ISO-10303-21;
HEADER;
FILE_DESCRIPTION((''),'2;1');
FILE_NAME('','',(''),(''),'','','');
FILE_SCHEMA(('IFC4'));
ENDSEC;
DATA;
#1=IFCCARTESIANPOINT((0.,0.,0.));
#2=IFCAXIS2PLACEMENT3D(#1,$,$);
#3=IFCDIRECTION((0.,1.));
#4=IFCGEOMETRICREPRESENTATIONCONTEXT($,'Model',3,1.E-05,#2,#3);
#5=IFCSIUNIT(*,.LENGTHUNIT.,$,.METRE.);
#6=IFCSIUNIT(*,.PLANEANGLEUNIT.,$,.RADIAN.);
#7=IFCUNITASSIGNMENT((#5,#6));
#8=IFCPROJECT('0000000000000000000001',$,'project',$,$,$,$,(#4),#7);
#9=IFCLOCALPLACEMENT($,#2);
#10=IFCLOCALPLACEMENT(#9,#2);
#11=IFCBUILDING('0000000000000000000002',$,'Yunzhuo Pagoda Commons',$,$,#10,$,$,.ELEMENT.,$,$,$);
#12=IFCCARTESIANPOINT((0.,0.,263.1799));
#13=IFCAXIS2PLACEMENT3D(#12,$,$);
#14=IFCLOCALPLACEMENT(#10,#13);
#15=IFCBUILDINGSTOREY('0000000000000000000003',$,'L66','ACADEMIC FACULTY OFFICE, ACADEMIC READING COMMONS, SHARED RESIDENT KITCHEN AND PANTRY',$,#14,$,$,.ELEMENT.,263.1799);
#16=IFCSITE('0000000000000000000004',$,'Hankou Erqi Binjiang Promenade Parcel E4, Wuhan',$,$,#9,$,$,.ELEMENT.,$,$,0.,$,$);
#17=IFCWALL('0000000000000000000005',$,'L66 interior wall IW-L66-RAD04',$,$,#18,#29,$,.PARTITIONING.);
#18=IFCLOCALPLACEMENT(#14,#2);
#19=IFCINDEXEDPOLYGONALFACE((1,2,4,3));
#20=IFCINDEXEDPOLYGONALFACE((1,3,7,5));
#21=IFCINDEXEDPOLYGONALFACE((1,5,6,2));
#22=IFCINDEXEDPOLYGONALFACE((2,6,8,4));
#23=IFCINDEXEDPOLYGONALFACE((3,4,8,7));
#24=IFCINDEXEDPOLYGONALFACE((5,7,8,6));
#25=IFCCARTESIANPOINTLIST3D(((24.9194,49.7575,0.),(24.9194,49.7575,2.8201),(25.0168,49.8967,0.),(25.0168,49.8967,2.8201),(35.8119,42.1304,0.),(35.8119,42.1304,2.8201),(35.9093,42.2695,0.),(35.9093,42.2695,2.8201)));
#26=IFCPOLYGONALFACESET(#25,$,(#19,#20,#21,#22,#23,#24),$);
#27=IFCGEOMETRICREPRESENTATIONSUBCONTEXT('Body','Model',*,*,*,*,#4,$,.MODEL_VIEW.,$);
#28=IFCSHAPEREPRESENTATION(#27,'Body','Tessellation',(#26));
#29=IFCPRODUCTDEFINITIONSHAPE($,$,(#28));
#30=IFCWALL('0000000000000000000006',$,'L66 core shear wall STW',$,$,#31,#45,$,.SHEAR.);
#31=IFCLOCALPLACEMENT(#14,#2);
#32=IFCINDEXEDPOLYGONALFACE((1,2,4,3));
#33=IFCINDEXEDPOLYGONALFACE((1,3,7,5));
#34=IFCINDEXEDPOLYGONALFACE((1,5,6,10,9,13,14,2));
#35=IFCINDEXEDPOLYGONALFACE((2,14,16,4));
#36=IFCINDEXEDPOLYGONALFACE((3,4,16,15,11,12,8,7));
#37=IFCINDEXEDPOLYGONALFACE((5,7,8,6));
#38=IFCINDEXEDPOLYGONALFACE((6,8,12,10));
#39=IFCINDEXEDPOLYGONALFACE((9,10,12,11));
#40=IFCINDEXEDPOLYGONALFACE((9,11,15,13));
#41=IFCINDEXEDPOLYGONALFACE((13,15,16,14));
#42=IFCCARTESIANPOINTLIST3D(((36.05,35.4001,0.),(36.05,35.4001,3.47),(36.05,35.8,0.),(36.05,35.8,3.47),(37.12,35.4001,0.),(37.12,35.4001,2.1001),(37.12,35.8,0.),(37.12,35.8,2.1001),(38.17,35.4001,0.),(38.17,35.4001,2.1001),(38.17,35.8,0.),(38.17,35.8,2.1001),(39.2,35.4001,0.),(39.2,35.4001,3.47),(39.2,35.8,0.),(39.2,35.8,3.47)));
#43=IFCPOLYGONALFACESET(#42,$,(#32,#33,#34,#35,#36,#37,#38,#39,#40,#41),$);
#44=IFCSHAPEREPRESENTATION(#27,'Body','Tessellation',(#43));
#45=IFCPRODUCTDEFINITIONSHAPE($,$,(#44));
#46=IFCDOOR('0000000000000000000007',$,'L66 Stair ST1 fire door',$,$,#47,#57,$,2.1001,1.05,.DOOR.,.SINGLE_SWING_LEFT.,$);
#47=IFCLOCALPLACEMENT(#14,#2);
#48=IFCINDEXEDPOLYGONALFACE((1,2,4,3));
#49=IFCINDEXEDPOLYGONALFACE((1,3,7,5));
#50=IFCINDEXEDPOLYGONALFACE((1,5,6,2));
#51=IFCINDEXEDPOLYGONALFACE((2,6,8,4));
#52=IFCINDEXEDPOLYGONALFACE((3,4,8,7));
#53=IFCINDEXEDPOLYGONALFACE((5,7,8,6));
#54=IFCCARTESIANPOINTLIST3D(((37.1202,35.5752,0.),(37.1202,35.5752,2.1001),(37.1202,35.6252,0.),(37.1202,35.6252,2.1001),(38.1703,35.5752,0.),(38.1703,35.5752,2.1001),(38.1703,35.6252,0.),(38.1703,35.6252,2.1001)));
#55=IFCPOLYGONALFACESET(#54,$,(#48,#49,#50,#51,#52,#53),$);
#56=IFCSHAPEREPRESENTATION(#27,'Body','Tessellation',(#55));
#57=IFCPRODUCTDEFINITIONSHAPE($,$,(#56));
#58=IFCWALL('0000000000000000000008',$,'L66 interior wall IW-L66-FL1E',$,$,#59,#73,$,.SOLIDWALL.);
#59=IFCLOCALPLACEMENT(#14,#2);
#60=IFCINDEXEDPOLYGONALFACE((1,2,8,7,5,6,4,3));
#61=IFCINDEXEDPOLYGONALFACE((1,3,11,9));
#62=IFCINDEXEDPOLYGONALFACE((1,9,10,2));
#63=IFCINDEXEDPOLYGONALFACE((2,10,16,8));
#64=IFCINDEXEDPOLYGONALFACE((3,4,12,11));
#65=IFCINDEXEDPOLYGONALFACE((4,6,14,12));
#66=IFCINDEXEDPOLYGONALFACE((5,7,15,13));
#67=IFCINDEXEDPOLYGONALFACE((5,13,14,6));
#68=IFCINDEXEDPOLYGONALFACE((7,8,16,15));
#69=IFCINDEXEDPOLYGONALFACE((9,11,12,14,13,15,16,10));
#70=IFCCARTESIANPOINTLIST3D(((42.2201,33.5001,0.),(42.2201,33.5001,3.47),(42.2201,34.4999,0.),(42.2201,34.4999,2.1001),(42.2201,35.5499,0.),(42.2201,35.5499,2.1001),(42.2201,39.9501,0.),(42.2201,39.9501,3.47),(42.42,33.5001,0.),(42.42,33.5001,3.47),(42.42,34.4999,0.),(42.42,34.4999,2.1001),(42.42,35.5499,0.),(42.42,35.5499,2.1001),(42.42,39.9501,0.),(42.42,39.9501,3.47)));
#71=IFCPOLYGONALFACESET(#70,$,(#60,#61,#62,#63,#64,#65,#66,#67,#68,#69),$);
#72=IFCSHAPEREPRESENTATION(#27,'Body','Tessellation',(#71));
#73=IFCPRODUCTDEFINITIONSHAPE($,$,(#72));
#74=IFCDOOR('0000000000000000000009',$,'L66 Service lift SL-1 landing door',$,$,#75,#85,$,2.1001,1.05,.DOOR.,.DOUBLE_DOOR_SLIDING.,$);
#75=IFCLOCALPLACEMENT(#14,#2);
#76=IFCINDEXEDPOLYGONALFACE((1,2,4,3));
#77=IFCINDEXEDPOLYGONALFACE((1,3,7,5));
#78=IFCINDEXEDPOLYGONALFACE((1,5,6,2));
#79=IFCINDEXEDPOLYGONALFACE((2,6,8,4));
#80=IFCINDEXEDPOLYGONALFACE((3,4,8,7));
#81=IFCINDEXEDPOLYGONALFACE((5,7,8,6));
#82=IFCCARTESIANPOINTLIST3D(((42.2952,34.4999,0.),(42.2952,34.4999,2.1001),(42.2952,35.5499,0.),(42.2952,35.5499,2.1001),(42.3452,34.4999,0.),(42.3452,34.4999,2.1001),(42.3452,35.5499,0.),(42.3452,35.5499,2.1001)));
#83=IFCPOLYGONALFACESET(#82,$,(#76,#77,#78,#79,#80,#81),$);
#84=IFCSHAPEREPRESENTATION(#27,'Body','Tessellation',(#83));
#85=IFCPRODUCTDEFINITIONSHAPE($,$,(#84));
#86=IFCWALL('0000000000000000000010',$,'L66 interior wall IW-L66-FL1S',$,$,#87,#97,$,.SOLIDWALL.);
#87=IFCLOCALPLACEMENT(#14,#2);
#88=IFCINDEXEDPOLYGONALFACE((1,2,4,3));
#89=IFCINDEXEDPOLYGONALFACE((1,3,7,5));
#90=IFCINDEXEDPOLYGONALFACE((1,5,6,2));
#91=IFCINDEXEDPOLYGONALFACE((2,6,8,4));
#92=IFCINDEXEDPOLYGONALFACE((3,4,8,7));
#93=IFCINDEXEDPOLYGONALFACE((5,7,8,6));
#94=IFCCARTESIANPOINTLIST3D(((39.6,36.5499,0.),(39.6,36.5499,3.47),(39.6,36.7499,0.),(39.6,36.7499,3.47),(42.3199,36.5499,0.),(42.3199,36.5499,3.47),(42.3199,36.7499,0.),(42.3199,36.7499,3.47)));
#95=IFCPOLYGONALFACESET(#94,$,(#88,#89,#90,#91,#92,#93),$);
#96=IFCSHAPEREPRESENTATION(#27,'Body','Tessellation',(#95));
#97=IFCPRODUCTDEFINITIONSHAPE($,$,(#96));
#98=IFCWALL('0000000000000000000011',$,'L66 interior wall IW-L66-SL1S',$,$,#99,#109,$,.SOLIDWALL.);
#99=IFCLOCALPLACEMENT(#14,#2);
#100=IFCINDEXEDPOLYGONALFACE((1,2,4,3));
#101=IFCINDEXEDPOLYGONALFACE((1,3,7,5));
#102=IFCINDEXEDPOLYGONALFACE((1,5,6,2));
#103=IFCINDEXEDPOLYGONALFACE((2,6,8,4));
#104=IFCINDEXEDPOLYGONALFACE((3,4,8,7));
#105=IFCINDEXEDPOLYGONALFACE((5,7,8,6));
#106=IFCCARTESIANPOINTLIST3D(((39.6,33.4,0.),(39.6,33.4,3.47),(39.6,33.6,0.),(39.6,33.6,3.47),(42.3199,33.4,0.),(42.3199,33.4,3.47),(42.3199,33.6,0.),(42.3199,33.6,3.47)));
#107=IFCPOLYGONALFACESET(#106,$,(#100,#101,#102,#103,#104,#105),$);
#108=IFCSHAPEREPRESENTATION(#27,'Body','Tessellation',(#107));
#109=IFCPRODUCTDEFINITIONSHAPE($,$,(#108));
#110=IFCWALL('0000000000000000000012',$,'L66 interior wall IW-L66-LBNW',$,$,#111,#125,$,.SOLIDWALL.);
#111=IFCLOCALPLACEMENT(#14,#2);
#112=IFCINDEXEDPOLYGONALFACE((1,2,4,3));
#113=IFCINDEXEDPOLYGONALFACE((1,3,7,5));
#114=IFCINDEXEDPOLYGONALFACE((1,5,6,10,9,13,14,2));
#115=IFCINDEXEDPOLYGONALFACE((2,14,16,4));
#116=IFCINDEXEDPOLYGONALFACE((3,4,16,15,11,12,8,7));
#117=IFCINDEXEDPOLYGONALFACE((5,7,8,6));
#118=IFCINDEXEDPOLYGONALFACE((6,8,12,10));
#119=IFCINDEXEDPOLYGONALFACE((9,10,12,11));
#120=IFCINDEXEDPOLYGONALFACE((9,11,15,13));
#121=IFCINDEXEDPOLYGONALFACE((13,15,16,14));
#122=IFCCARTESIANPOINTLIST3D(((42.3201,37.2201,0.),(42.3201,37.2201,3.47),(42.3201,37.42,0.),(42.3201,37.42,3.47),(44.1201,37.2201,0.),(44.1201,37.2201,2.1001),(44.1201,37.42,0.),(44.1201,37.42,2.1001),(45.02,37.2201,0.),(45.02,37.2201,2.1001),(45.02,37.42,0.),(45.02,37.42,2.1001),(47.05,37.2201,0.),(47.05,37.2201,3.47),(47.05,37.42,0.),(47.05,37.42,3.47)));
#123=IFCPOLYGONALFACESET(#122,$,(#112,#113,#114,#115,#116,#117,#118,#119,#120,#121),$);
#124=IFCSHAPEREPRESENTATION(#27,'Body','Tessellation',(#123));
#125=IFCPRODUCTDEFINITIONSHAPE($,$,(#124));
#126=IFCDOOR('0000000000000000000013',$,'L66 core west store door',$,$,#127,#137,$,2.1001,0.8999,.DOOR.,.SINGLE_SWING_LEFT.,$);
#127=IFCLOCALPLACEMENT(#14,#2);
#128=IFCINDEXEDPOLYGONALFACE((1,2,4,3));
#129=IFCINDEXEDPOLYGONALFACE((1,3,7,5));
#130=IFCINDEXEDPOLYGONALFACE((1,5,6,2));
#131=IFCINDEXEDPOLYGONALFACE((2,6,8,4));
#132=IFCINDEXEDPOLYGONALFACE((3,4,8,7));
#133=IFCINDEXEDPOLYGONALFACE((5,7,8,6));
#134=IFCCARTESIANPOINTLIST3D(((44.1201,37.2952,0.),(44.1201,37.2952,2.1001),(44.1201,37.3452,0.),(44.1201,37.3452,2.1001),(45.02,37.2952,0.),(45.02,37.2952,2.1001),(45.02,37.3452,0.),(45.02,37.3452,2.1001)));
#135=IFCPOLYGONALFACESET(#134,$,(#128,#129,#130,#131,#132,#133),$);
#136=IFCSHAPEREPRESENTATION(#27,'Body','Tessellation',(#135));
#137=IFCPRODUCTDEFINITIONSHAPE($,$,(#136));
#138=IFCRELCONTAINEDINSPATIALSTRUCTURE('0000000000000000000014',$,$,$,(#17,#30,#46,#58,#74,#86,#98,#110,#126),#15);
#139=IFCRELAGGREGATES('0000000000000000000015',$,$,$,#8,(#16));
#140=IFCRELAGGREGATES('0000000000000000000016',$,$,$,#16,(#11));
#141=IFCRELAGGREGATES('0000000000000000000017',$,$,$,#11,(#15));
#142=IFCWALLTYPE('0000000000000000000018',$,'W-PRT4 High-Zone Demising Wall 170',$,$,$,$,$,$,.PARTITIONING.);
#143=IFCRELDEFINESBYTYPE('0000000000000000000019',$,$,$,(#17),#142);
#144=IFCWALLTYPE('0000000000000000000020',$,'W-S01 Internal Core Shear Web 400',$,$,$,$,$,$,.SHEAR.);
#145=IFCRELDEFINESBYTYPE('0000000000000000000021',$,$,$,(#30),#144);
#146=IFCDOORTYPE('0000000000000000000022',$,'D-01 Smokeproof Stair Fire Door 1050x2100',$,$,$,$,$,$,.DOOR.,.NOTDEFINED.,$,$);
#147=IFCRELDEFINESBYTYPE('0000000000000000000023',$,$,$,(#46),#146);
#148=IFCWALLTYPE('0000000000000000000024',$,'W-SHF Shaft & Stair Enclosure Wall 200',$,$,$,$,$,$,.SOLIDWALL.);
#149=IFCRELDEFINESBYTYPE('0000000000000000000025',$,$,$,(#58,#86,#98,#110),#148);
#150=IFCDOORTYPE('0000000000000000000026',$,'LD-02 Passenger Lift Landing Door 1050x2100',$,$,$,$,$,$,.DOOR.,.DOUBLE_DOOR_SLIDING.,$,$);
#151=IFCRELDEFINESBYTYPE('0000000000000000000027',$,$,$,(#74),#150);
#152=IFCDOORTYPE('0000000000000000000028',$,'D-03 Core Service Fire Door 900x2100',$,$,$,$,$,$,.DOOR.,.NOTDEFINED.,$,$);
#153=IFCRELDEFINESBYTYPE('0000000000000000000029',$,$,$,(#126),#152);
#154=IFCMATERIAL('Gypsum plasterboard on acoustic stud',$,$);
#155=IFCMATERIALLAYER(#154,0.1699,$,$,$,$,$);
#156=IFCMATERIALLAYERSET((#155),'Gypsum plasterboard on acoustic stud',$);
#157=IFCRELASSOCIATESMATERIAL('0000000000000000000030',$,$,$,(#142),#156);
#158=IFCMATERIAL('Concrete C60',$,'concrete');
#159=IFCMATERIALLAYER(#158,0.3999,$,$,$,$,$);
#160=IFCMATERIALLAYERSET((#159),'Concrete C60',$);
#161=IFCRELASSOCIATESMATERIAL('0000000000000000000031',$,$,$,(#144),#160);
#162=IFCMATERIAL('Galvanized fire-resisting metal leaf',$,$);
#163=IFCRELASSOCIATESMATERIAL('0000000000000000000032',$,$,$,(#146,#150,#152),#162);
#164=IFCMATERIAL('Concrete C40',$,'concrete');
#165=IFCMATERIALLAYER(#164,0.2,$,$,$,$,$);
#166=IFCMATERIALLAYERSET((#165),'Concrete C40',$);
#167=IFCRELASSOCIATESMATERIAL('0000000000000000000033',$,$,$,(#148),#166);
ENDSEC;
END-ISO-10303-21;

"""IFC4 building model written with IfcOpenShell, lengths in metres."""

from ifc_helpers import new_model, si_unit, direction, frame, frame_2d, origin, origin_with_axes, place, context, subcontext, project, spatial, rectangle, extrude, source, transform, mapped, material, layer, layer_set, type_object, element, fill, save


model = new_model("IFC4")

# Units and contexts
model_context = context("Model", 3, precision=1e-05, world=origin(), true_north=direction((0.0, 1.0)))
body_context = subcontext(model_context, "Body", "Model", "MODEL_VIEW")
ifc_project = project(units=[si_unit("LENGTHUNIT", "METRE"), si_unit("PLANEANGLEUNIT", "RADIAN")], contexts=[model_context])

# Site, building, storey
site_placement = place(None, origin())
site = spatial("IfcSite", under=ifc_project, at=site_placement, Name="Hankou Erqi Binjiang Promenade Parcel E4, Wuhan", CompositionType="ELEMENT", RefElevation=0.0)
building_placement = place(site_placement, origin())
building = spatial("IfcBuilding", under=site, at=building_placement, Name="Yunzhuo Pagoda Commons", CompositionType="ELEMENT")
storey_placement = place(building_placement, frame((0.0, 0.0, 263.1799)))
storey = spatial("IfcBuildingStorey", under=building, at=storey_placement, Name="L66", Description="ACADEMIC FACULTY OFFICE, ACADEMIC READING COMMONS, SHARED RESIDENT KITCHEN AND PANTRY", CompositionType="ELEMENT", Elevation=263.1799)

# Shared definitions
ifc_material_1 = material(Name="Gypsum plasterboard on acoustic stud")

# Shared definitions
ifc_material_2 = material(Name="Galvanized fire-resisting metal leaf")

# Wall
ifc_layer_1 = layer(ifc_material_1, 0.1699)
ifc_layer_set_1 = layer_set([ifc_layer_1], Name="Gypsum plasterboard on acoustic stud")
wall_type_1 = type_object("IfcWallType", Name="W-PRT4 High-Zone Demising Wall 170", PredefinedType="PARTITIONING", material=ifc_layer_set_1)
wall_1_placement = place(storey_placement, frame((35.8606, 42.2, 0.0), z_axis=(0.0, 0.0, 1.0), x_axis=(-0.819147, 0.573583, 0.0)))
element("IfcWall", 1, at=wall_1_placement, inside=storey, type_object=wall_type_1, Name="L66 interior wall IW-L66-RAD04", PredefinedType="PARTITIONING", context=body_context, shape_type="SweptSolid", body=[
    extrude(rectangle(XDim=13.2974, YDim=0.1699, at=frame_2d((6.6487, 0.0))), origin(), (0.0, 0.0, 1.0), 2.8201),
])

# Walls, openings, doors
ifc_material_3 = material(Name="Concrete C60", Category="concrete")
ifc_layer_2 = layer(ifc_material_3, 0.3999)
ifc_layer_set_2 = layer_set([ifc_layer_2], Name="Concrete C60")
wall_type_2 = type_object("IfcWallType", Name="W-S01 Internal Core Shear Web 400", PredefinedType="SHEAR", material=ifc_layer_set_2)
wall_2_placement = place(storey_placement, frame((36.05, 35.6001, 0.0), z_axis=(0.0, 0.0, 1.0), x_axis=(1.0, 0.0, 0.0)))
wall_2 = element("IfcWall", 2, at=wall_2_placement, inside=storey, type_object=wall_type_2, Name="L66 core shear wall STW", PredefinedType="SHEAR", context=body_context, shape_type="SweptSolid", body=[
    extrude(rectangle(XDim=3.1499, YDim=0.3999, at=frame_2d((1.575, 0.0))), origin(), (0.0, 0.0, 1.0), 3.47),
])
opening_1_placement = place(wall_2_placement, frame((1.0701, 0.0, 0.0)))
opening_1 = element("IfcOpeningElement", 3, at=opening_1_placement, cuts=wall_2, PredefinedType="OPENING", context=body_context, shape_type="SweptSolid", body=[
    extrude(rectangle(XDim=1.05, YDim=2.1001, at=frame_2d((0.5249, 1.05))), frame((0.0, 0.21, 0.0), z_axis=(0.0, -1.0, 0.0), x_axis=(1.0, 0.0, 0.0)), (0.0, 0.0, 1.0), 0.4199),
])
door_type_1 = type_object("IfcDoorType", Name="D-01 Smokeproof Stair Fire Door 1050x2100", OperationType="NOTDEFINED", PredefinedType="DOOR", material=ifc_material_2)
shared_shape_1 = source(origin(), body_context, "Body", "SweptSolid", [
    extrude(rectangle(XDim=1.05, YDim=2.1001, at=frame_2d((0.5249, 1.05))), frame((0.0, 0.0249, 0.0), z_axis=(0.0, -1.0, 0.0), x_axis=(1.0, 0.0, 0.0)), (0.0, 0.0, 1.0), 0.05),
])
door_1_placement = place(opening_1_placement, frame((1.05, 0.0, 0.0), z_axis=(0.0, 0.0, 1.0), x_axis=(-1.0, 0.0, 0.0)))
door_1 = element("IfcDoor", 4, at=door_1_placement, inside=storey, type_object=door_type_1, Name="L66 Stair ST1 fire door", OperationType="SINGLE_SWING_LEFT", OverallHeight=2.1001, OverallWidth=1.05, PredefinedType="DOOR", context=body_context, shape_type="MappedRepresentation", body=[
    mapped(shared_shape_1, transform((0.0, 0.0, 0.0), scale=1.0)),
])
fill(opening_1, door_1)
ifc_material_4 = material(Name="Concrete C40", Category="concrete")
ifc_layer_3 = layer(ifc_material_4, 0.2)
ifc_layer_set_3 = layer_set([ifc_layer_3], Name="Concrete C40")
wall_type_3 = type_object("IfcWallType", Name="W-SHF Shaft & Stair Enclosure Wall 200", PredefinedType="SOLIDWALL", material=ifc_layer_set_3)
wall_3_placement = place(storey_placement, frame((42.3201, 33.5, 0.0), z_axis=(0.0, 0.0, 1.0), x_axis=(0.0, 1.0, 0.0)))
wall_3 = element("IfcWall", 5, at=wall_3_placement, inside=storey, type_object=wall_type_3, Name="L66 interior wall IW-L66-FL1E", PredefinedType="SOLIDWALL", context=body_context, shape_type="SweptSolid", body=[
    extrude(rectangle(XDim=6.45, YDim=0.2, at=frame_2d((3.2251, 0.0))), origin(), (0.0, 0.0, 1.0), 3.47),
])
opening_2_placement = place(wall_3_placement, frame((1.0, 0.0, 0.0)))
opening_2 = element("IfcOpeningElement", 6, at=opening_2_placement, cuts=wall_3, PredefinedType="OPENING", context=body_context, shape_type="SweptSolid", body=[
    extrude(rectangle(XDim=1.05, YDim=2.1001, at=frame_2d((0.5249, 1.05))), frame((0.0, 0.1099, 0.0), z_axis=(0.0, -1.0, 0.0), x_axis=(1.0, 0.0, 0.0)), (0.0, 0.0, 1.0), 0.22),
])
door_type_2 = type_object("IfcDoorType", Name="LD-02 Passenger Lift Landing Door 1050x2100", OperationType="DOUBLE_DOOR_SLIDING", PredefinedType="DOOR", material=ifc_material_2)
door_2_placement = place(opening_2_placement, origin_with_axes())
door_2 = element("IfcDoor", 7, at=door_2_placement, inside=storey, type_object=door_type_2, Name="L66 Service lift SL-1 landing door", OperationType="DOUBLE_DOOR_SLIDING", OverallHeight=2.1001, OverallWidth=1.05, PredefinedType="DOOR", context=body_context, shape_type="MappedRepresentation", body=[
    mapped(shared_shape_1, transform((0.0, 0.0, 0.0), scale=1.0)),
])
fill(opening_2, door_2)

# Walls
for number, where, z_axis, x_axis, name in (
    (8, (39.6001, 36.6499, 0.0), (0.0, 0.0, 1.0), (1.0, 0.0, 0.0), "L66 interior wall IW-L66-FL1S"),
    (9, (39.6001, 33.5, 0.0), (0.0, 0.0, 1.0), (1.0, 0.0, 0.0), "L66 interior wall IW-L66-SL1S"),
):
    element("IfcWall", number, at=place(storey_placement, frame(where, z_axis=z_axis, x_axis=x_axis)), inside=storey, type_object=wall_type_3, Name=name, PredefinedType="SOLIDWALL", context=body_context, shape_type="SweptSolid", body=[
        extrude(rectangle(XDim=2.72, YDim=0.2, at=frame_2d((1.3599, 0.0))), origin(), (0.0, 0.0, 1.0), 3.47),
    ])

# Wall, opening, door
wall_4_placement = place(storey_placement, frame((42.3201, 37.3201, 0.0), z_axis=(0.0, 0.0, 1.0), x_axis=(1.0, 0.0, 0.0)))
wall_4 = element("IfcWall", 10, at=wall_4_placement, inside=storey, type_object=wall_type_3, Name="L66 interior wall IW-L66-LBNW", PredefinedType="SOLIDWALL", context=body_context, shape_type="SweptSolid", body=[
    extrude(rectangle(XDim=4.73, YDim=0.2, at=frame_2d((2.365, 0.0))), origin(), (0.0, 0.0, 1.0), 3.47),
])
opening_3_placement = place(wall_4_placement, frame((1.8, 0.0, 0.0)))
opening_3 = element("IfcOpeningElement", 11, at=opening_3_placement, cuts=wall_4, PredefinedType="OPENING", context=body_context, shape_type="SweptSolid", body=[
    extrude(rectangle(XDim=0.8999, YDim=2.1001, at=frame_2d((0.45, 1.05))), frame((0.0, 0.1099, 0.0), z_axis=(0.0, -1.0, 0.0), x_axis=(1.0, 0.0, 0.0)), (0.0, 0.0, 1.0), 0.22),
])
door_type_3 = type_object("IfcDoorType", Name="D-03 Core Service Fire Door 900x2100", OperationType="NOTDEFINED", PredefinedType="DOOR", material=ifc_material_2)
shared_shape_2 = source(origin(), body_context, "Body", "SweptSolid", [
    extrude(rectangle(XDim=0.8999, YDim=2.1001, at=frame_2d((0.45, 1.05))), frame((0.0, 0.0249, 0.0), z_axis=(0.0, -1.0, 0.0), x_axis=(1.0, 0.0, 0.0)), (0.0, 0.0, 1.0), 0.05),
])
door_3_placement = place(opening_3_placement, frame((0.8999, 0.0, 0.0), z_axis=(0.0, 0.0, 1.0), x_axis=(-1.0, 0.0, 0.0)))
door_3 = element("IfcDoor", 12, at=door_3_placement, inside=storey, type_object=door_type_3, Name="L66 core west store door", OperationType="SINGLE_SWING_LEFT", OverallHeight=2.1001, OverallWidth=0.8999, PredefinedType="DOOR", context=body_context, shape_type="MappedRepresentation", body=[
    mapped(shared_shape_2, transform((0.0, 0.0, 0.0), scale=1.0)),
])
fill(opening_3, door_3)

save(model, "model.ifc")
